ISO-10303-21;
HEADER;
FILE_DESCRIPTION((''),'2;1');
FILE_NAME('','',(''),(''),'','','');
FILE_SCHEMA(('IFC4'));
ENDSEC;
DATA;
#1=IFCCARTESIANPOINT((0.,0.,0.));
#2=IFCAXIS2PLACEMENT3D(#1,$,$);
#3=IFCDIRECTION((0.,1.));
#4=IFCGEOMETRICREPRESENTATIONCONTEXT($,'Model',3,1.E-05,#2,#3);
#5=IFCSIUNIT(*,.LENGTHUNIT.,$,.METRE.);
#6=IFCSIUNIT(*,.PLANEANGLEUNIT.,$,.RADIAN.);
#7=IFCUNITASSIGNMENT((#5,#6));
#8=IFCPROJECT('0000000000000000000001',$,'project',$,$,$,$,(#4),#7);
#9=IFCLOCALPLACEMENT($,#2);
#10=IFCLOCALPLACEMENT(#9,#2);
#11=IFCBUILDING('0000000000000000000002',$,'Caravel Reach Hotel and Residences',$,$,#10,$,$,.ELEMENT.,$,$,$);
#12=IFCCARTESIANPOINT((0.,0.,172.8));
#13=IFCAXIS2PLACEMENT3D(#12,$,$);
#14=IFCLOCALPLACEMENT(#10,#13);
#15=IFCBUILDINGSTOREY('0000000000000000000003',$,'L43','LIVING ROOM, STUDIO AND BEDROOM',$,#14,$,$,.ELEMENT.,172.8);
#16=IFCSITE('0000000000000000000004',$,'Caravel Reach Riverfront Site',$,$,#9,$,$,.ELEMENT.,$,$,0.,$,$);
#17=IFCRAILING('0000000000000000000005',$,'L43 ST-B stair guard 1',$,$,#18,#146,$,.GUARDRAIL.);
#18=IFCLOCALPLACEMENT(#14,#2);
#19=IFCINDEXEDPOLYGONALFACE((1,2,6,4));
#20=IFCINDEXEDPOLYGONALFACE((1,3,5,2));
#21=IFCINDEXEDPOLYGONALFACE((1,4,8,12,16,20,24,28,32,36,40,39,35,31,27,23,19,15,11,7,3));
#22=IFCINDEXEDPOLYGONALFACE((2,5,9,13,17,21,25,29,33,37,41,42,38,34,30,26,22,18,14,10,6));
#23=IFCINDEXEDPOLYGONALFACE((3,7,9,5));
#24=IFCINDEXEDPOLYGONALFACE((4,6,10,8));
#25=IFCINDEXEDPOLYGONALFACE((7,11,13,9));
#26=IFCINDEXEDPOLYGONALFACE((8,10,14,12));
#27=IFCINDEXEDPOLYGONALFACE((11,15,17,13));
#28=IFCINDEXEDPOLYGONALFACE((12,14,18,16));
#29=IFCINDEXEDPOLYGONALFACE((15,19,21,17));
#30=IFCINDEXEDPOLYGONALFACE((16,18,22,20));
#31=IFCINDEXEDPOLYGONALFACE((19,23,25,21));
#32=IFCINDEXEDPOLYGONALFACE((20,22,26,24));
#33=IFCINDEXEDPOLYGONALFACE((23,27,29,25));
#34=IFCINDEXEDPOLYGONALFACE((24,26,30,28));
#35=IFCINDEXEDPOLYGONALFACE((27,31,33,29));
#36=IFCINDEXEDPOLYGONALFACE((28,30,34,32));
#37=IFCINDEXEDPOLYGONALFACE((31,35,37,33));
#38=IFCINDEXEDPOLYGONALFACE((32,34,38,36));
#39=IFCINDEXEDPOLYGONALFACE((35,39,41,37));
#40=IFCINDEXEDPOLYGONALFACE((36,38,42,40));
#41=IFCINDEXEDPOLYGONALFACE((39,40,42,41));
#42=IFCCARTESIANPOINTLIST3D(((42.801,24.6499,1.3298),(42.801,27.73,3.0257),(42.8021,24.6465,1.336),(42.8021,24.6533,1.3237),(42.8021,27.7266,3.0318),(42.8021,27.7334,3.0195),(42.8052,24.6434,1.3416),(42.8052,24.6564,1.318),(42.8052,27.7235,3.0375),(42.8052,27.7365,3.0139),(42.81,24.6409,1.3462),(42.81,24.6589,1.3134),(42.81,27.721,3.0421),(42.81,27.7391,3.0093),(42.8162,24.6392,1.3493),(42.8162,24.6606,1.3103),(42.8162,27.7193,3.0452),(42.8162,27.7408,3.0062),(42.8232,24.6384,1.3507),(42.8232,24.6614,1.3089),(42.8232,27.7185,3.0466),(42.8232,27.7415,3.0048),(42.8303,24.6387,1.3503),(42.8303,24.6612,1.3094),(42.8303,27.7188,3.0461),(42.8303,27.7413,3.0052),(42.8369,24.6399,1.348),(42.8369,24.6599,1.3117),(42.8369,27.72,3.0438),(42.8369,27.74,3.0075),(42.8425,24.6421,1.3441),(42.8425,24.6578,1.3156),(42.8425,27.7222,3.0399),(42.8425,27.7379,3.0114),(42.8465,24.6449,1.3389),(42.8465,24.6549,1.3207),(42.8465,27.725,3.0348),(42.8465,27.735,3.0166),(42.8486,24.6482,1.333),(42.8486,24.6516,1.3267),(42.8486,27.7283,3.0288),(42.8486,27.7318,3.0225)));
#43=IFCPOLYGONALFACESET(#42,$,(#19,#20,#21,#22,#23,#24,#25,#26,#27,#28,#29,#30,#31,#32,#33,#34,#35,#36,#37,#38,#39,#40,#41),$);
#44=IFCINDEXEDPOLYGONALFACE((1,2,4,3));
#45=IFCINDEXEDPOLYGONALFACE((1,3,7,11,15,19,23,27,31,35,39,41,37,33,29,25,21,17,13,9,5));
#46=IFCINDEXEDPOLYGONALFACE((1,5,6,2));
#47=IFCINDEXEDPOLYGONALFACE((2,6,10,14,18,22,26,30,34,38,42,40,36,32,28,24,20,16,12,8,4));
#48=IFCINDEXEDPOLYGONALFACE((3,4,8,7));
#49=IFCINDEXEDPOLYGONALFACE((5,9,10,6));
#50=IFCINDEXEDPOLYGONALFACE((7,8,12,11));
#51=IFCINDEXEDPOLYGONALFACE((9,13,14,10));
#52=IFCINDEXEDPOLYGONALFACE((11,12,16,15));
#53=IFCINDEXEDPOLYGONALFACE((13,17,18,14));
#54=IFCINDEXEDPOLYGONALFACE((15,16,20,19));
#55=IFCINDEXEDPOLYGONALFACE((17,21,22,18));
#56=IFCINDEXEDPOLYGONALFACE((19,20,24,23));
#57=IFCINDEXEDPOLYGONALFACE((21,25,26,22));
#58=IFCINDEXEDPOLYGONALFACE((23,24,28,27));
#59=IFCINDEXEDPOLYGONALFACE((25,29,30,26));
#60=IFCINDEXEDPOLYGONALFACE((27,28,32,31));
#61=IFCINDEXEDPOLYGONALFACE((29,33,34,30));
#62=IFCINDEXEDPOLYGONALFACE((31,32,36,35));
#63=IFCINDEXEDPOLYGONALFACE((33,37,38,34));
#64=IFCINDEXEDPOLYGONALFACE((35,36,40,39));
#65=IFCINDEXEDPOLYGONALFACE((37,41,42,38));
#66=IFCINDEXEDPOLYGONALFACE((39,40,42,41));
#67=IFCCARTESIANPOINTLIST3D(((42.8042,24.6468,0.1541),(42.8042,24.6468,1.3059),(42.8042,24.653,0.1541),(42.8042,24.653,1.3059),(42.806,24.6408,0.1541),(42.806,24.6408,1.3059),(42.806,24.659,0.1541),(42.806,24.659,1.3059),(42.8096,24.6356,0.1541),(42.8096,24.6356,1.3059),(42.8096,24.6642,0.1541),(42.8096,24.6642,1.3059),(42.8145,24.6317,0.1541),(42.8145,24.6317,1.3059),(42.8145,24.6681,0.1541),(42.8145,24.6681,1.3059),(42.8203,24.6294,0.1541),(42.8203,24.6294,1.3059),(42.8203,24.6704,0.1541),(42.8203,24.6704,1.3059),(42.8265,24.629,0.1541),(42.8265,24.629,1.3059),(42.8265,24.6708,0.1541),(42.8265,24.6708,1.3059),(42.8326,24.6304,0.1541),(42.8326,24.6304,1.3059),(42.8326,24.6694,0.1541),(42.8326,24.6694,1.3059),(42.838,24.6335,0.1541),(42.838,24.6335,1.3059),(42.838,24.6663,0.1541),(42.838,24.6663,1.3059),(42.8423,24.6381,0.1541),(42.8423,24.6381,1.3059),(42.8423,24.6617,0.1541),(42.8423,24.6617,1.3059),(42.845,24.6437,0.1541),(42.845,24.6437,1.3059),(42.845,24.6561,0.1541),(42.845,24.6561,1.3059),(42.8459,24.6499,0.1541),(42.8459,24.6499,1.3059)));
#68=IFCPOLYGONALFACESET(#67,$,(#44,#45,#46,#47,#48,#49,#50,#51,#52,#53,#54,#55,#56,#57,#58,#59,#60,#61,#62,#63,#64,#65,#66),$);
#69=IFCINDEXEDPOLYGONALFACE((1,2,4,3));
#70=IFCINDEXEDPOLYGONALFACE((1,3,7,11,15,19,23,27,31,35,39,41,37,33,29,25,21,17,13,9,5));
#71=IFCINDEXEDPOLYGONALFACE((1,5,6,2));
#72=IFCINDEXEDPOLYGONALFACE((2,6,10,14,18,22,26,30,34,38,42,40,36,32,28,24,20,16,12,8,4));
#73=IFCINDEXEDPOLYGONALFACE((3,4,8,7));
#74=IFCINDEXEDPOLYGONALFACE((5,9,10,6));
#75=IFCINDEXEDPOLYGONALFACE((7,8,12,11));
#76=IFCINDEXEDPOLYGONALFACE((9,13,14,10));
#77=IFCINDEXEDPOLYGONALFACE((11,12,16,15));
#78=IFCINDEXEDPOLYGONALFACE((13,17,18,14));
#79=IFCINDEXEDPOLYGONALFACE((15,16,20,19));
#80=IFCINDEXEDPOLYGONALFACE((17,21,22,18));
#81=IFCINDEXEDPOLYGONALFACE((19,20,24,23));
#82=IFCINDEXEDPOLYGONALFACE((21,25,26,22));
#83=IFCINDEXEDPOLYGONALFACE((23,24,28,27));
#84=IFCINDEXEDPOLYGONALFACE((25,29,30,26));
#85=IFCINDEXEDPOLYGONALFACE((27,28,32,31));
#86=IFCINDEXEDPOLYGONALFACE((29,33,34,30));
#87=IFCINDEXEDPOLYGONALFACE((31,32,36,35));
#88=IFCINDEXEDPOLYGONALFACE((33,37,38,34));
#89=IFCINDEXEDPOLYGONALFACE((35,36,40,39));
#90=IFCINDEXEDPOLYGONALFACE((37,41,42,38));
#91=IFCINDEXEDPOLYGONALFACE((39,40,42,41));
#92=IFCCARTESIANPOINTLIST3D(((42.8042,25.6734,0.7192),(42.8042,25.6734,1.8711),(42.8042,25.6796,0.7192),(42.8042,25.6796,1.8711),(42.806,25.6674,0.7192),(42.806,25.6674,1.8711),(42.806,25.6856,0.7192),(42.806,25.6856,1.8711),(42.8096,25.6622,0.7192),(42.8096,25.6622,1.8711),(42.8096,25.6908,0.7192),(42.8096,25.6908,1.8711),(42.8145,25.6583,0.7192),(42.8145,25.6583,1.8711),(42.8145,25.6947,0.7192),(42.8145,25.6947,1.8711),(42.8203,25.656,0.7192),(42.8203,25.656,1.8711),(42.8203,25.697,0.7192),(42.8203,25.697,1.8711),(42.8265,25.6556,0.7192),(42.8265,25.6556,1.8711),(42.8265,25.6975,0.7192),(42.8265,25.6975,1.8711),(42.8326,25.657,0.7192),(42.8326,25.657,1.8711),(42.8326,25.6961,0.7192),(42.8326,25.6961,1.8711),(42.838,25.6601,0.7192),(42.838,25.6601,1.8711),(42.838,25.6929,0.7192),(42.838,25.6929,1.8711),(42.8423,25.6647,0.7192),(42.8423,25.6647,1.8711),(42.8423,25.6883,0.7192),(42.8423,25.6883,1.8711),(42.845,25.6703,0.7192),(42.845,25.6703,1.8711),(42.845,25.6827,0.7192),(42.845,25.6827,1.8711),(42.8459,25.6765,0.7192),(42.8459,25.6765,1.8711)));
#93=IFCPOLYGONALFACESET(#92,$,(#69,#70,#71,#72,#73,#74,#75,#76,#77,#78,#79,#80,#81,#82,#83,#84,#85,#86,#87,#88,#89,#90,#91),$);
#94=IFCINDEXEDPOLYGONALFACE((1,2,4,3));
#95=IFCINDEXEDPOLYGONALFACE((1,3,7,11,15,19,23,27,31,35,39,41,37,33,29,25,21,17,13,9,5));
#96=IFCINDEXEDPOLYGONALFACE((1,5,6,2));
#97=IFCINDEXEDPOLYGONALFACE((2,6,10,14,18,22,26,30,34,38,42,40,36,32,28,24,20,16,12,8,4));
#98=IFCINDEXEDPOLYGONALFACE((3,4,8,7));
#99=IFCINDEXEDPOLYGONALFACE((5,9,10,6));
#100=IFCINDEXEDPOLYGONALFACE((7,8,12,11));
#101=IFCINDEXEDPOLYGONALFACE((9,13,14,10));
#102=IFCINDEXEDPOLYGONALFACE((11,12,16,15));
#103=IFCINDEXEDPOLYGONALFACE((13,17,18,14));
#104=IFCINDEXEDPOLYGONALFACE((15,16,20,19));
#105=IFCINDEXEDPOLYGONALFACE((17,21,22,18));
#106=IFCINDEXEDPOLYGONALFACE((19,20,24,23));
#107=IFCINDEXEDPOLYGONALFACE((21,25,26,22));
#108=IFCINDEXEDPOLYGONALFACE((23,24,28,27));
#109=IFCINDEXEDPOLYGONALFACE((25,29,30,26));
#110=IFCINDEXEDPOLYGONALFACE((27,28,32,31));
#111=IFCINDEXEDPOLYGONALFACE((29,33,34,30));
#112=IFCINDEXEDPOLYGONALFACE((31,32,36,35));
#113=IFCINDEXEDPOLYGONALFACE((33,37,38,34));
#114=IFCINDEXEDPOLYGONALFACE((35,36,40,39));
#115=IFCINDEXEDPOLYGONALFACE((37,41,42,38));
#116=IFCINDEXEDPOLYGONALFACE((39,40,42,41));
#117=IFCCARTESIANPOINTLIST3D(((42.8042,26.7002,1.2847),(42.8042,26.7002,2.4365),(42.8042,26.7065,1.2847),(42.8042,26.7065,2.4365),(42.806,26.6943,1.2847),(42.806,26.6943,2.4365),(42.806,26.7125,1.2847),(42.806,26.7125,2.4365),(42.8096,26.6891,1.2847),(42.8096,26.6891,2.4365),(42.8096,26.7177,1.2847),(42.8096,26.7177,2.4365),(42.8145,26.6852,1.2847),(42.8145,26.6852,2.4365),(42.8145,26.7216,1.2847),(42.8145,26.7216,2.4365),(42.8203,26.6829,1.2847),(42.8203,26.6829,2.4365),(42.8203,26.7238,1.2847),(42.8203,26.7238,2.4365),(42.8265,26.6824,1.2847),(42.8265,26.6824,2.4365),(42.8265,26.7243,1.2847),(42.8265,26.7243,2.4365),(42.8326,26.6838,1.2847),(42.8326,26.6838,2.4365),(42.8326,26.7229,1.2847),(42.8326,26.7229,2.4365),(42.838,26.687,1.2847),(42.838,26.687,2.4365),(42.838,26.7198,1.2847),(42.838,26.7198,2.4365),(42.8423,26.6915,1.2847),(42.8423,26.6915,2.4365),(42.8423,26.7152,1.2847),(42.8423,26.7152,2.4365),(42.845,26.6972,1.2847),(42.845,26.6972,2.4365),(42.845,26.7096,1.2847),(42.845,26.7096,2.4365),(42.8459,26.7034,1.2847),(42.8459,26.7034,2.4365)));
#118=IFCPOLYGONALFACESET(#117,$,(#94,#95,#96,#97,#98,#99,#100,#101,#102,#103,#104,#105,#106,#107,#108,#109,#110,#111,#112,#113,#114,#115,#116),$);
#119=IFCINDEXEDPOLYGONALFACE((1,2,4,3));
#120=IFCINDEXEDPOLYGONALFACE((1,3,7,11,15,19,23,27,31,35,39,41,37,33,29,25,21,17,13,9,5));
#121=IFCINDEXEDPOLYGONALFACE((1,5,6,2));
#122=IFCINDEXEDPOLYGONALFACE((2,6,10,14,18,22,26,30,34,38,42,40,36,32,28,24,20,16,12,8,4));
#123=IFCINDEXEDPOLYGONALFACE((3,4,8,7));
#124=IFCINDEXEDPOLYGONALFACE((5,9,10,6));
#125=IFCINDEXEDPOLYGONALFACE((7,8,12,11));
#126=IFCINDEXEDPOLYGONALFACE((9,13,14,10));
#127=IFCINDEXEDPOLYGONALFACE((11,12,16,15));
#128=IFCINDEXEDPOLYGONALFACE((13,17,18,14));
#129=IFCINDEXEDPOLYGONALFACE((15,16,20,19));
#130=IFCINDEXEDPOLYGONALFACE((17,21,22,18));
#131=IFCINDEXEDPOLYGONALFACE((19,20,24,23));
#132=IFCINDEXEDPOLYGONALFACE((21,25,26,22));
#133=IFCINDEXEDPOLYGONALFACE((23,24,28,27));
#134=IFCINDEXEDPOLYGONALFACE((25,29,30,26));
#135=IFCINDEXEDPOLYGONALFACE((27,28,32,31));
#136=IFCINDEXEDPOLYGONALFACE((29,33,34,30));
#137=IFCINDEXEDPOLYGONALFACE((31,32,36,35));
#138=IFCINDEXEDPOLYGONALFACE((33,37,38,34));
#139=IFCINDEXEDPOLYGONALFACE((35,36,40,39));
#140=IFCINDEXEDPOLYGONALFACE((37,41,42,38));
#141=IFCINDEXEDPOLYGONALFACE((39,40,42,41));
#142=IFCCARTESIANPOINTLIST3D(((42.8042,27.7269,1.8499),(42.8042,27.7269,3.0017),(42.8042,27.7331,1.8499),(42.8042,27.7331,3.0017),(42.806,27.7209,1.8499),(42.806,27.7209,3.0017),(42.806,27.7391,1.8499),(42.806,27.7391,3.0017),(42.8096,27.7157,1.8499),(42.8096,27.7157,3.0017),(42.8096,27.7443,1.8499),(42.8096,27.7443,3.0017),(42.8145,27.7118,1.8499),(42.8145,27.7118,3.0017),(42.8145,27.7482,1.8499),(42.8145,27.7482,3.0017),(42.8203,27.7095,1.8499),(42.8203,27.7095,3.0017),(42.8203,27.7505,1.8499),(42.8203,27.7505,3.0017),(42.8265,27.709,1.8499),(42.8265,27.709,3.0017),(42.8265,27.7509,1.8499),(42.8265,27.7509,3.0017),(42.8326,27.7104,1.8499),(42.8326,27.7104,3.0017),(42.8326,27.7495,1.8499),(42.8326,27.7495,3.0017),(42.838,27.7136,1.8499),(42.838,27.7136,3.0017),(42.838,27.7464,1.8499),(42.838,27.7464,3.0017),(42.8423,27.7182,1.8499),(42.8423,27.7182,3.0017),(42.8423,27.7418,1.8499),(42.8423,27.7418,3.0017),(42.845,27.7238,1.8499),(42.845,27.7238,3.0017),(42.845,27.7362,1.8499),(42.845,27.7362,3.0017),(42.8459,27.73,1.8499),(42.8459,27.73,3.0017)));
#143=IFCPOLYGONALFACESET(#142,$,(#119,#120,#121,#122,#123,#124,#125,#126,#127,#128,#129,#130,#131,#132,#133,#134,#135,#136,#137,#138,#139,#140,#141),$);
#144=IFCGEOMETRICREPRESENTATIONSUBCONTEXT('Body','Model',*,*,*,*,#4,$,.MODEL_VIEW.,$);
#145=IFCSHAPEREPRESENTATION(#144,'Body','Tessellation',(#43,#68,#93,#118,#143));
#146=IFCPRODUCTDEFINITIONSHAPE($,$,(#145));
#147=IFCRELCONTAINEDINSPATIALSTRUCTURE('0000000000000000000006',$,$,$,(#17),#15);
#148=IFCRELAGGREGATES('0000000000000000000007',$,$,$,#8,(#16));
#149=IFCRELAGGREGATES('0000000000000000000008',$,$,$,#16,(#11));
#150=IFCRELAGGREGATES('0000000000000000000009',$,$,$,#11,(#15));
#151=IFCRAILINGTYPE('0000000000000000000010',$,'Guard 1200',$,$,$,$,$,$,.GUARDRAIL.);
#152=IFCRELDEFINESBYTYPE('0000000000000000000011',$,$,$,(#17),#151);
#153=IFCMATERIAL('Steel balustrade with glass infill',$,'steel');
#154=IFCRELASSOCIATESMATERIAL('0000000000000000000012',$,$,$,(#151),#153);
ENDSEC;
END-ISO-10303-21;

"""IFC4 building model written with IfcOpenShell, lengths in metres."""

from ifc_helpers import new_model, si_unit, direction, frame, origin, origin_2d, place, context, subcontext, project, spatial, circle, extrude, material, type_object, element, save


model = new_model("IFC4")

# Units and contexts
model_context = context("Model", 3, precision=1e-05, world=origin(), true_north=direction((0.0, 1.0)))
body_context = subcontext(model_context, "Body", "Model", "MODEL_VIEW")
ifc_project = project(units=[si_unit("LENGTHUNIT", "METRE"), si_unit("PLANEANGLEUNIT", "RADIAN")], contexts=[model_context])

# Site, building, storey
site_placement = place(None, origin())
site = spatial("IfcSite", under=ifc_project, at=site_placement, Name="Caravel Reach Riverfront Site", CompositionType="ELEMENT", RefElevation=0.0)
building_placement = place(site_placement, origin())
building = spatial("IfcBuilding", under=site, at=building_placement, Name="Caravel Reach Hotel and Residences", CompositionType="ELEMENT")
storey_placement = place(building_placement, frame((0.0, 0.0, 172.8)))
storey = spatial("IfcBuildingStorey", under=building, at=storey_placement, Name="L43", Description="LIVING ROOM, STUDIO AND BEDROOM", CompositionType="ELEMENT", Elevation=172.8)

# Railing
ifc_material_1 = material(Name="Steel balustrade with glass infill", Category="steel")
railing_type_1 = type_object("IfcRailingType", Name="Guard 1200", PredefinedType="GUARDRAIL", material=ifc_material_1)
railing_1_placement = place(storey_placement, frame((42.825, 24.6499, 0.1541)))
element("IfcRailing", 1, at=railing_1_placement, inside=storey, type_object=railing_type_1, Name="L43 ST-B stair guard 1", PredefinedType="GUARDRAIL", context=body_context, shape_type="SweptSolid", body=[
    extrude(circle(Radius=0.0239, at=origin_2d()), frame((0.0, 0.0, 1.1758), z_axis=(0.0, 0.876005, 0.482303), x_axis=(-1.0, 0.0, 0.0)), (0.0, 0.0, 1.0), 3.5161),
    extrude(circle(Radius=0.021, at=origin_2d()), origin(), (0.0, 0.0, 1.0), 1.1519),
    extrude(circle(Radius=0.021, at=origin_2d()), frame((0.0, 1.0266, 0.5652)), (0.0, 0.0, 1.0), 1.1519),
    extrude(circle(Radius=0.021, at=origin_2d()), frame((0.0, 2.0535, 1.1306)), (0.0, 0.0, 1.0), 1.1519),
    extrude(circle(Radius=0.021, at=origin_2d()), frame((0.0, 3.0801, 1.6958)), (0.0, 0.0, 1.0), 1.1519),
])

save(model, "model.ifc")
